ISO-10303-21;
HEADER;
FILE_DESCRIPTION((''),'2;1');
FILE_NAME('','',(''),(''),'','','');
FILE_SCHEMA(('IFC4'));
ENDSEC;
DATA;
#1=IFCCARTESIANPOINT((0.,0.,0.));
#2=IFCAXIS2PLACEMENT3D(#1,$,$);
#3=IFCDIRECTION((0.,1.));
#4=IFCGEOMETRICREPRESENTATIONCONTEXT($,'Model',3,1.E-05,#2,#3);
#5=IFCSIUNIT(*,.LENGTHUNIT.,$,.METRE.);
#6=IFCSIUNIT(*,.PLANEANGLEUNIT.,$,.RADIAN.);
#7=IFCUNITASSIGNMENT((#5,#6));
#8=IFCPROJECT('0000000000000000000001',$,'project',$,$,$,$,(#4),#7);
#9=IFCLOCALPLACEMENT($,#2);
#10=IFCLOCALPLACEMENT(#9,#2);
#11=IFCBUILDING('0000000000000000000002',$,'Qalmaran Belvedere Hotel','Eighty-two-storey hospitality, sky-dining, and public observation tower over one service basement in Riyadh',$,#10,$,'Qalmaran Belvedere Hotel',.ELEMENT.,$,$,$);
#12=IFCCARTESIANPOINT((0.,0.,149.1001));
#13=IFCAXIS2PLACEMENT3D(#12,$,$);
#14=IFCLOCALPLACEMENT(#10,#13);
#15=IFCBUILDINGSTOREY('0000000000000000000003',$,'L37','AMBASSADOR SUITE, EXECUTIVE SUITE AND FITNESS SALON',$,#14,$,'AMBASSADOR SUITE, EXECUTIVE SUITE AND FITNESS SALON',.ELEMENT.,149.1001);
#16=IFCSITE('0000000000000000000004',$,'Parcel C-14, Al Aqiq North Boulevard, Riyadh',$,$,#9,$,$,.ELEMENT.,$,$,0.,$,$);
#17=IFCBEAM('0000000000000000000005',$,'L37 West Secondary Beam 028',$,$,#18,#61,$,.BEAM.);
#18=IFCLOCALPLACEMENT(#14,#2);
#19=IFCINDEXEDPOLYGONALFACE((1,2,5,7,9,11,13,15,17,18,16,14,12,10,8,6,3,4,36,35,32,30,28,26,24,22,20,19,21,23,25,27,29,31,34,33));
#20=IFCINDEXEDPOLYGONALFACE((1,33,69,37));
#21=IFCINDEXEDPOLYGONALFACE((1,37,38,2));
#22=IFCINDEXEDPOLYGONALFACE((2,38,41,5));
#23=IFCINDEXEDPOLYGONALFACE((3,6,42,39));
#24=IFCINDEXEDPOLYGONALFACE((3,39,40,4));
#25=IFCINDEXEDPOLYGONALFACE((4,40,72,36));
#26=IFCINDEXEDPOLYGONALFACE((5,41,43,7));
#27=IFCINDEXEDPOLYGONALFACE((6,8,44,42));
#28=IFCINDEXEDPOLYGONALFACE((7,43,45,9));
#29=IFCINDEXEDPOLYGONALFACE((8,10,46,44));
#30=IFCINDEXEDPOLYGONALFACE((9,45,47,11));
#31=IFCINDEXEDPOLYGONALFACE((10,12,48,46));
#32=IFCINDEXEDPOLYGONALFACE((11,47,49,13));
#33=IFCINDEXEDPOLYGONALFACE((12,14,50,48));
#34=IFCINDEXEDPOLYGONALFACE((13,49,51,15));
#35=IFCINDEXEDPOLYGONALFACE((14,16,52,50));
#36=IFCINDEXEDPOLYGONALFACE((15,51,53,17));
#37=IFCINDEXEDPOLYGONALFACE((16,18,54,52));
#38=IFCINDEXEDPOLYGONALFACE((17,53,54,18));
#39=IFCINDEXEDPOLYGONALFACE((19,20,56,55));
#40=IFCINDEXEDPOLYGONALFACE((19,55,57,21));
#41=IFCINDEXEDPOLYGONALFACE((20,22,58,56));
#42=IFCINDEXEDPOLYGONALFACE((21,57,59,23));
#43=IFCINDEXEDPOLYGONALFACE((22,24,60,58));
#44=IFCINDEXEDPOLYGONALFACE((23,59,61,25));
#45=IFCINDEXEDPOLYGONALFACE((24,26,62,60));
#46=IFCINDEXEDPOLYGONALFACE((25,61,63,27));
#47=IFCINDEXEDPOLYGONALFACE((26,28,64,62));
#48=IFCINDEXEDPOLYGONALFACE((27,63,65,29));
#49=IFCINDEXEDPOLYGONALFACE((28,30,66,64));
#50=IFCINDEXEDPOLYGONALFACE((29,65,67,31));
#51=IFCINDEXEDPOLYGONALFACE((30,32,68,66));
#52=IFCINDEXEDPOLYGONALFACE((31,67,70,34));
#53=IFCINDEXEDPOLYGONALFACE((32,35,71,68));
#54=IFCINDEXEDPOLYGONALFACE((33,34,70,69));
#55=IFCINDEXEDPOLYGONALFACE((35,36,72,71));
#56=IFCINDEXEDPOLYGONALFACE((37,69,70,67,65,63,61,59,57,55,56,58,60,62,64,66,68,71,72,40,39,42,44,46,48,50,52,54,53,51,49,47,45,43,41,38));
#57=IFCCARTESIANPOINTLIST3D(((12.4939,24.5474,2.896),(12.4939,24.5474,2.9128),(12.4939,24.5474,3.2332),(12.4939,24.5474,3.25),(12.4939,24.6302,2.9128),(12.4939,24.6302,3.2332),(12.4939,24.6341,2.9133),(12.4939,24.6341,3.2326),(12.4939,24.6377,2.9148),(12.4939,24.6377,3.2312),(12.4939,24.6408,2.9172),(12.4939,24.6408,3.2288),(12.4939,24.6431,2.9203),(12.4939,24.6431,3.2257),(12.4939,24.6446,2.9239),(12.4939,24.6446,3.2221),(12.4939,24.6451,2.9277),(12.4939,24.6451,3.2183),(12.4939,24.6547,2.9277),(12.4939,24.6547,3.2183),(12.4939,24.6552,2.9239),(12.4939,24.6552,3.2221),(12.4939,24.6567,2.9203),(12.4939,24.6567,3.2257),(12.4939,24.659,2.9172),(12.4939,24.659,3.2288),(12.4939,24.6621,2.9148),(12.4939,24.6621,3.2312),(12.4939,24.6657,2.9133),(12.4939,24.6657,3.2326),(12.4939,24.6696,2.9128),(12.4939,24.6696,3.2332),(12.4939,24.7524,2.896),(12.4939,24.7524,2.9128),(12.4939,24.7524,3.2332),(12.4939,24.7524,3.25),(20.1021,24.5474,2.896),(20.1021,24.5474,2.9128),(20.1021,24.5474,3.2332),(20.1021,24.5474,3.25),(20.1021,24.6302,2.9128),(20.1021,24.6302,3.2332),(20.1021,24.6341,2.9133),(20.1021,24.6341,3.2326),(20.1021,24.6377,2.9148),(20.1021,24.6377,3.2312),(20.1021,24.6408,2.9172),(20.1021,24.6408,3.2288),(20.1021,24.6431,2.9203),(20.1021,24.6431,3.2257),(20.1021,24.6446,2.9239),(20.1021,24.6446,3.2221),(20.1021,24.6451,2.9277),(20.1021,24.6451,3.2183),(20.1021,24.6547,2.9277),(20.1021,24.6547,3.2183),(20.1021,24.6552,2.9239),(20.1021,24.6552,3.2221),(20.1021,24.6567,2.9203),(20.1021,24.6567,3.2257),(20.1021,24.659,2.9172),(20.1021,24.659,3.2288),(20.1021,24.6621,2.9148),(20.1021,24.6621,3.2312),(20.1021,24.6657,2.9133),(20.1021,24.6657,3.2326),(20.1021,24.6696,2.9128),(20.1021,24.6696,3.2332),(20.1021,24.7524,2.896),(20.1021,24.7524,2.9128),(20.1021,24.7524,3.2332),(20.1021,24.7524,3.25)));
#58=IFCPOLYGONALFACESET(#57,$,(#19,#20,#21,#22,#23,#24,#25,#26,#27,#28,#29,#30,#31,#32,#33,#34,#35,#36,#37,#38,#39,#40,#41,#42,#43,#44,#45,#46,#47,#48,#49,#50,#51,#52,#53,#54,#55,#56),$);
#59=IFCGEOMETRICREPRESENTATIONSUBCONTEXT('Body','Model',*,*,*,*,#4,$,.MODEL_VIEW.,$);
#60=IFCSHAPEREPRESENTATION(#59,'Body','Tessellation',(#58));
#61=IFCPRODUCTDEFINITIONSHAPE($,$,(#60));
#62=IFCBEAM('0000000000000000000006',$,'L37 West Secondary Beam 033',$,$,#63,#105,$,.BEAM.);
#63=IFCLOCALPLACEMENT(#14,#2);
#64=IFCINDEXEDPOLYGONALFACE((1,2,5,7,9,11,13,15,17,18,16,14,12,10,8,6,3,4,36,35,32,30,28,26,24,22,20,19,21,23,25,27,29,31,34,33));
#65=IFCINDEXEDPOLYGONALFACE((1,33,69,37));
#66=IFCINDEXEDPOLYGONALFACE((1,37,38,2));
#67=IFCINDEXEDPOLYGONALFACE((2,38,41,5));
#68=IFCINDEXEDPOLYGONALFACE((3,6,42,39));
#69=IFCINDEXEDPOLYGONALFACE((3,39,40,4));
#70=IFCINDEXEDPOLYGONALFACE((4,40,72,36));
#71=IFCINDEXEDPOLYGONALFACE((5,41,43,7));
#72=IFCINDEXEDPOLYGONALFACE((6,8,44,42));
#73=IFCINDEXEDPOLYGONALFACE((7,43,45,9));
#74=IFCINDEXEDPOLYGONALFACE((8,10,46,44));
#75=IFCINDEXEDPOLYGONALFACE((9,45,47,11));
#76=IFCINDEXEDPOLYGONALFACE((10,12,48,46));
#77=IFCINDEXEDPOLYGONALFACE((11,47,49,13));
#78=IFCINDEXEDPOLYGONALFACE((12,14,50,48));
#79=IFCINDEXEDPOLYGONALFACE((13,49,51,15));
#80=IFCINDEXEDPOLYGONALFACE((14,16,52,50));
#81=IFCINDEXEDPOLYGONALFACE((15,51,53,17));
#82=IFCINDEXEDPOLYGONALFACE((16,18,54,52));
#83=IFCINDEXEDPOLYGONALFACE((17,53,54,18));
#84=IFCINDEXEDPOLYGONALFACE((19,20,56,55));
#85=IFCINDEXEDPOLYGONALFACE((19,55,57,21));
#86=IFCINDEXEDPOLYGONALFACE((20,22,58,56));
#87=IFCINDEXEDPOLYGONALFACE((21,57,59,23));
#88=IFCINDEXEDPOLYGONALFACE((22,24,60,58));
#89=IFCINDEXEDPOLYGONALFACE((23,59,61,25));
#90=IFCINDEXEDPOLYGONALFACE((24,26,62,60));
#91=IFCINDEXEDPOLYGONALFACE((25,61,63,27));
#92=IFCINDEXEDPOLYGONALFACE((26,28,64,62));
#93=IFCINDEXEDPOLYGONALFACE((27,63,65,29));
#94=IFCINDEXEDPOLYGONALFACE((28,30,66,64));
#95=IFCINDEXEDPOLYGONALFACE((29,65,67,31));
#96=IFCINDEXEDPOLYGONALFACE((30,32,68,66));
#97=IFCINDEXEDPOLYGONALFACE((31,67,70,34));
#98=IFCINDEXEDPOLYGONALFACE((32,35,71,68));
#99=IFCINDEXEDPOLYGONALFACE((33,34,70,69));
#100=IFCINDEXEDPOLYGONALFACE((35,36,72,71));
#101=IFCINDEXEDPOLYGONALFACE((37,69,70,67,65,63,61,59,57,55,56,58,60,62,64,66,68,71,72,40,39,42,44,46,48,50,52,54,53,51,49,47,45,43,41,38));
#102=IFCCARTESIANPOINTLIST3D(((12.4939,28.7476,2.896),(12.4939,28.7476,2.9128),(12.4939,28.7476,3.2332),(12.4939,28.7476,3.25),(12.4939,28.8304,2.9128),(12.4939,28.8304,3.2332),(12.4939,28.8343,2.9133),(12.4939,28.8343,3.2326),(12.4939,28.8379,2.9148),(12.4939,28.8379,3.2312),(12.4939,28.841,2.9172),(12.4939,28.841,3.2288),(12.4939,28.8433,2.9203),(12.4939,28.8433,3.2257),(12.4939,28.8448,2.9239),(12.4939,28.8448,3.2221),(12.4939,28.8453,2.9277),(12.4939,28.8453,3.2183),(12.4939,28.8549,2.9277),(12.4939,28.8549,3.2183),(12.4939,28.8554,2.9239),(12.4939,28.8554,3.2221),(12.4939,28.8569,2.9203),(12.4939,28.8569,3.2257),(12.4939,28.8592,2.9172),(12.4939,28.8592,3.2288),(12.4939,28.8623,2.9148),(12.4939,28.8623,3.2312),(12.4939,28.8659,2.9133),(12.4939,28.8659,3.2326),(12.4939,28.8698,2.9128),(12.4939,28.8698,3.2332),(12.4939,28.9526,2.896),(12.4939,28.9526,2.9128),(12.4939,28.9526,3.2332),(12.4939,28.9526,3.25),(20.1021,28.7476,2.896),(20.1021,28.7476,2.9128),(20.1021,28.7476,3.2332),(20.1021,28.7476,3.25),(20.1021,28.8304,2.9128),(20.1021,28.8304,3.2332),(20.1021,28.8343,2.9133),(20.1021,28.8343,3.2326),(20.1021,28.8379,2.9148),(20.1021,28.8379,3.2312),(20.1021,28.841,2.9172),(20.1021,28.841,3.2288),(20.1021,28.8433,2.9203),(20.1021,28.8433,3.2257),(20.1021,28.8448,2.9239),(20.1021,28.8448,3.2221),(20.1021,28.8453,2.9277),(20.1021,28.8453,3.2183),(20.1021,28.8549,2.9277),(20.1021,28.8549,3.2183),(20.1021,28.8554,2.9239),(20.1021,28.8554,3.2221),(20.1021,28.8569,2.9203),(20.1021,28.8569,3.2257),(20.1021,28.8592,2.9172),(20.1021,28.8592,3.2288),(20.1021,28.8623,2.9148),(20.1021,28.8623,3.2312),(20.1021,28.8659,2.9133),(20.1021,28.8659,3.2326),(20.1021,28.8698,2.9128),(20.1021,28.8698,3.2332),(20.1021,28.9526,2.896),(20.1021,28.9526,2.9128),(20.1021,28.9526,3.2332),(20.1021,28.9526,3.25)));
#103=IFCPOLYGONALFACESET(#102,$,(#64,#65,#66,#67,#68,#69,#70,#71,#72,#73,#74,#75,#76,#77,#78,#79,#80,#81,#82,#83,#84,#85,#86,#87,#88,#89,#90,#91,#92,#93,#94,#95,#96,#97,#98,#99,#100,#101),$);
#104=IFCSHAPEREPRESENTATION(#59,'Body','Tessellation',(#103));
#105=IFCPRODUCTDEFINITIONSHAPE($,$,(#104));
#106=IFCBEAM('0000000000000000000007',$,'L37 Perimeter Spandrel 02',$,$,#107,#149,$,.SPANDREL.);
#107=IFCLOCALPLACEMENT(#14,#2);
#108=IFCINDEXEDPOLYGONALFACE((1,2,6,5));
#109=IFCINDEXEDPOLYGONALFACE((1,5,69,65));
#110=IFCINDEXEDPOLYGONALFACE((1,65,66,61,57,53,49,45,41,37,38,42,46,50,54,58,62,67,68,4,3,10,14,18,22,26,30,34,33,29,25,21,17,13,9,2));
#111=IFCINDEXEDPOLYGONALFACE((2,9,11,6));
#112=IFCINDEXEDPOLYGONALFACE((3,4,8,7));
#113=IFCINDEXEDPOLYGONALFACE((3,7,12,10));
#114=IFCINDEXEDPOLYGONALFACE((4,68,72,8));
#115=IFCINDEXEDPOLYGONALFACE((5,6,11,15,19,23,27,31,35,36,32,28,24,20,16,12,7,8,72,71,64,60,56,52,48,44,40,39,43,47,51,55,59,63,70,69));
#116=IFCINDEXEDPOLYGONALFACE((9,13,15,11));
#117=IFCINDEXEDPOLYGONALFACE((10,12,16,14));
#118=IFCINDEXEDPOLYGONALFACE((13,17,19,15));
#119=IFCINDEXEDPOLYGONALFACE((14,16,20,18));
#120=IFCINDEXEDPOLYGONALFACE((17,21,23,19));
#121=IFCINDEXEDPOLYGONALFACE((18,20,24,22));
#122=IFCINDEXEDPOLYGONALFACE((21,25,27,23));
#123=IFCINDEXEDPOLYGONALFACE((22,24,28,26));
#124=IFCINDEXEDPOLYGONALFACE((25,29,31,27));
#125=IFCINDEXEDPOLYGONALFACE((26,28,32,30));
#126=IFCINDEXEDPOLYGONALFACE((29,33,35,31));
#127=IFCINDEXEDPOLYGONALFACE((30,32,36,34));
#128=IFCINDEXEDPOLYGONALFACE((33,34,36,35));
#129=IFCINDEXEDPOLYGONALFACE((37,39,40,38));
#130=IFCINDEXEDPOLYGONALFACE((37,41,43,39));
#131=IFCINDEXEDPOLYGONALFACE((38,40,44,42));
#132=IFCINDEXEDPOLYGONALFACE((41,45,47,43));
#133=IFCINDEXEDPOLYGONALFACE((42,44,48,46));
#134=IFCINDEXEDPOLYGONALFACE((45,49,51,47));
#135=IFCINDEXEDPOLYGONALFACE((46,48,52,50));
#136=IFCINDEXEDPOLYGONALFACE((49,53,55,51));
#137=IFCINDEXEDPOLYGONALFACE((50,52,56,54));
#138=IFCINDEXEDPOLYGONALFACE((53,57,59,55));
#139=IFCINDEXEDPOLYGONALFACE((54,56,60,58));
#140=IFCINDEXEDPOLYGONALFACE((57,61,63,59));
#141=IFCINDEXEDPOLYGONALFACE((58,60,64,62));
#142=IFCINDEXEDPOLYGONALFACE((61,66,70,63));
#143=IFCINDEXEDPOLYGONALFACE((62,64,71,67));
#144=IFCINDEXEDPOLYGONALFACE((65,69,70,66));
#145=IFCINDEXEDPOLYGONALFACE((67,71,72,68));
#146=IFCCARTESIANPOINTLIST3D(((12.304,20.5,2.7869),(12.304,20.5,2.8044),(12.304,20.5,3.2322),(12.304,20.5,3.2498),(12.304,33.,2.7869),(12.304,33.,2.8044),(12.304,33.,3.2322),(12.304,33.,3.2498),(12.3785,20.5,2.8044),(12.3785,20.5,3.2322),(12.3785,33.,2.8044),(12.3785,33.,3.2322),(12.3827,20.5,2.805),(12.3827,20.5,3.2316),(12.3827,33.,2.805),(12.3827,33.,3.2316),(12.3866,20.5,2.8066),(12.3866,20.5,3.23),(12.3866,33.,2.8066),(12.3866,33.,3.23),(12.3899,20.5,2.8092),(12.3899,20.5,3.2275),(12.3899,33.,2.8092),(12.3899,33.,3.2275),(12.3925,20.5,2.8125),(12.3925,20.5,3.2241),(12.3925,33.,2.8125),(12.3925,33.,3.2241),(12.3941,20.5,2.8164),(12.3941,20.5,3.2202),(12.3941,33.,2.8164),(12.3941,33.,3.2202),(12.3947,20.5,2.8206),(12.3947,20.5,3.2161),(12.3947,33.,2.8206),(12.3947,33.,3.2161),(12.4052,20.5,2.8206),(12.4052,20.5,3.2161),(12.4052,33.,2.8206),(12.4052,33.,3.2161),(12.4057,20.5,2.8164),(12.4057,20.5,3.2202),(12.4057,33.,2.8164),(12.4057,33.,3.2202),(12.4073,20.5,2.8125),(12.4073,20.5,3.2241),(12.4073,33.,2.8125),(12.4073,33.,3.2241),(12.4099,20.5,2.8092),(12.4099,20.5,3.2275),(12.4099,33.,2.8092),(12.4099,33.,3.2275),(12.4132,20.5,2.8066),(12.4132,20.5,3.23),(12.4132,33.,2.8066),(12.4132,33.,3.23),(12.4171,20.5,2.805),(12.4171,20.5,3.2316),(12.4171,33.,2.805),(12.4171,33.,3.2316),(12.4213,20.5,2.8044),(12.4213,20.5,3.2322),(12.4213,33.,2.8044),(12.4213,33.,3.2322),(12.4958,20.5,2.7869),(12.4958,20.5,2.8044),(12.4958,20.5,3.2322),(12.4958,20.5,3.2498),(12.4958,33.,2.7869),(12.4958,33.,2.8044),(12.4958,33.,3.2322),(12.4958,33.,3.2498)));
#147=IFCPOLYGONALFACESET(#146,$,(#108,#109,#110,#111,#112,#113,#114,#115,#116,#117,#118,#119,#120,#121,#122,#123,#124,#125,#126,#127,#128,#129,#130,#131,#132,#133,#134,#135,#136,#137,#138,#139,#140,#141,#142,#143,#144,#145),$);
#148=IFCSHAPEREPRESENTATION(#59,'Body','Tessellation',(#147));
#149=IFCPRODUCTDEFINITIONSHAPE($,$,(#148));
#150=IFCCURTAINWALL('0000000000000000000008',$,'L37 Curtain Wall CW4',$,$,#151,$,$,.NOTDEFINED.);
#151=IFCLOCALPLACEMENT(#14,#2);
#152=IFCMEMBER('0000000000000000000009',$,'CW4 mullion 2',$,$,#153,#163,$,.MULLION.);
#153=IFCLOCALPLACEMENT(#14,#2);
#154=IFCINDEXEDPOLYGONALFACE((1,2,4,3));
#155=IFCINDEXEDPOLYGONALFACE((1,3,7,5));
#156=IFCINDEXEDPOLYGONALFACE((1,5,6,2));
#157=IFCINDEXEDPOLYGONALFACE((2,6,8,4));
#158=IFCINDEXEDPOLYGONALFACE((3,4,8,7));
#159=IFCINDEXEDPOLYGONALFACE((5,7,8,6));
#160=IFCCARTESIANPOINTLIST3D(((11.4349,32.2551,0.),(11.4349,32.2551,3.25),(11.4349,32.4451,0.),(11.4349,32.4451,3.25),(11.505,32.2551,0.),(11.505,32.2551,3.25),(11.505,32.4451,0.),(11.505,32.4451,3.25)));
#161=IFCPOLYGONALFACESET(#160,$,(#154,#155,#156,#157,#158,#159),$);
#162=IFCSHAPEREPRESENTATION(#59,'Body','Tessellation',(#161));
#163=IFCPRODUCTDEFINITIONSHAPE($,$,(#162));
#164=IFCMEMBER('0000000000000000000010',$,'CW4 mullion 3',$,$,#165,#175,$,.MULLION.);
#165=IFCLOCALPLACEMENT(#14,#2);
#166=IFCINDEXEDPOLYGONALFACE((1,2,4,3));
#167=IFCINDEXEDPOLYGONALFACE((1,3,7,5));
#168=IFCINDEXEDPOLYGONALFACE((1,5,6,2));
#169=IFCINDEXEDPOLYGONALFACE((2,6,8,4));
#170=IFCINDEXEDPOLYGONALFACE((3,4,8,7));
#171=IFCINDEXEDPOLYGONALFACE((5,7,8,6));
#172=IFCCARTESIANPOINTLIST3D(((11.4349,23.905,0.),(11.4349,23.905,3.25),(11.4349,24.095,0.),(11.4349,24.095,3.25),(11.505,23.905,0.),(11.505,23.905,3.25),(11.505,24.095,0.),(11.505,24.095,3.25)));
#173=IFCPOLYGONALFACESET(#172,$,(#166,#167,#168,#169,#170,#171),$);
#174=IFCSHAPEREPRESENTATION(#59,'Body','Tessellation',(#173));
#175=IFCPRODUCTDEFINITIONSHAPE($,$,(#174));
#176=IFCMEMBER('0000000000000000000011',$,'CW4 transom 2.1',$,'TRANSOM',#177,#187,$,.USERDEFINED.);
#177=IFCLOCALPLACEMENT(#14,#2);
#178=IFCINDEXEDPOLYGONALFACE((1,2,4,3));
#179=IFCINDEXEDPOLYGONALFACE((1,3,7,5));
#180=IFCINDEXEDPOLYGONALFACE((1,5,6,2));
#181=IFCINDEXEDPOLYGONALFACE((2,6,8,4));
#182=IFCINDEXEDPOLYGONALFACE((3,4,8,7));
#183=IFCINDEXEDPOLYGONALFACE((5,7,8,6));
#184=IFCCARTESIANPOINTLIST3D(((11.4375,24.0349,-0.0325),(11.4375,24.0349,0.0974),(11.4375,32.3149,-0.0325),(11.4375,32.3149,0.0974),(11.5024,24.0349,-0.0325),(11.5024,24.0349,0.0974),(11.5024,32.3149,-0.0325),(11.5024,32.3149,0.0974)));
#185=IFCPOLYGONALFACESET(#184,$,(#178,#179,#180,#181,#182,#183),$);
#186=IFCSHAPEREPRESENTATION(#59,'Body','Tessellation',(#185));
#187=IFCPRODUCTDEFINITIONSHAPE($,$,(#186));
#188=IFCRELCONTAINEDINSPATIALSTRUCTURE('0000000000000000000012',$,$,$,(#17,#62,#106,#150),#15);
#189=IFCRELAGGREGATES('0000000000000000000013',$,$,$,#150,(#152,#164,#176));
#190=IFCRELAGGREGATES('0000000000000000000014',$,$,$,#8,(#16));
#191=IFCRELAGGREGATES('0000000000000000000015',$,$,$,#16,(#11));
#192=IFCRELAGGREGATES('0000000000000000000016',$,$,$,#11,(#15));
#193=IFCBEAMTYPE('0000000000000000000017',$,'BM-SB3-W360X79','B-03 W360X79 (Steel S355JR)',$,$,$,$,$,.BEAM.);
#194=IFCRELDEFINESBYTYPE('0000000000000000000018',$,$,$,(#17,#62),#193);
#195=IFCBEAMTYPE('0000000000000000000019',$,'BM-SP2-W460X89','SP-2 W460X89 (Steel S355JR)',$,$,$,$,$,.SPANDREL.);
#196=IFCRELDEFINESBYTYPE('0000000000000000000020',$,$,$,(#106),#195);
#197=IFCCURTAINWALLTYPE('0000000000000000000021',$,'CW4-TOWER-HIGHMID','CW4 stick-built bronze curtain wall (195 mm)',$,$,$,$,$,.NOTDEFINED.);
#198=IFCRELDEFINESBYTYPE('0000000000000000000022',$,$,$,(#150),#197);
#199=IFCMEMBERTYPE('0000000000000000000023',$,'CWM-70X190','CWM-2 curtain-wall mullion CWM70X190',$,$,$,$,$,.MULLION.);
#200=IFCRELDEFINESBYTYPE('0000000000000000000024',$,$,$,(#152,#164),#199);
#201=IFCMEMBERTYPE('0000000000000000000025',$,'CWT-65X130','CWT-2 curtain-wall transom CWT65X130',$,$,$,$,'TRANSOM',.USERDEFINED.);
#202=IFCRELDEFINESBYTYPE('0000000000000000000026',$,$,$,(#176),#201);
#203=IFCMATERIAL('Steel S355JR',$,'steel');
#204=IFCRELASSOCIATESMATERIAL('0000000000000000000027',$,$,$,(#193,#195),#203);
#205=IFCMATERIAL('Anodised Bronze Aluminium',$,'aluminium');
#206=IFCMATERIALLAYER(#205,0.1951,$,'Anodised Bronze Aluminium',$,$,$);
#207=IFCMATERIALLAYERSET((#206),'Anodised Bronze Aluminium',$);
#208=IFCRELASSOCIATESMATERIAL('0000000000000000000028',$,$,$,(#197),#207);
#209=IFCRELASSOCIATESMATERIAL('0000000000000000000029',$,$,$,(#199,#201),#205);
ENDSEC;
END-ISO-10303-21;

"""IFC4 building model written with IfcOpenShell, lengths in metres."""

from ifc_helpers import new_model, si_unit, direction, frame, origin, origin_2d, place, context, subcontext, project, spatial, rectangle, i_section, extrude, material, layer, layer_set, material_profile, profile_set, type_object, element, aggregate, save


model = new_model("IFC4")

# Units and contexts
model_context = context("Model", 3, precision=1e-05, world=origin(), true_north=direction((0.0, 1.0)))
body_context = subcontext(model_context, "Body", "Model", "MODEL_VIEW")
ifc_project = project(units=[si_unit("LENGTHUNIT", "METRE"), si_unit("PLANEANGLEUNIT", "RADIAN")], contexts=[model_context])

# Site, building, storey
site_placement = place(None, origin())
site = spatial("IfcSite", under=ifc_project, at=site_placement, Name="Parcel C-14, Al Aqiq North Boulevard, Riyadh", CompositionType="ELEMENT", RefElevation=0.0)
building_placement = place(site_placement, origin())
building = spatial("IfcBuilding", under=site, at=building_placement, Name="Qalmaran Belvedere Hotel", Description="Eighty-two-storey hospitality, sky-dining, and public observation tower over one service basement in Riyadh", LongName="Qalmaran Belvedere Hotel", CompositionType="ELEMENT")
storey_placement = place(building_placement, frame((0.0, 0.0, 149.1001)))
storey = spatial("IfcBuildingStorey", under=building, at=storey_placement, Name="L37", Description="AMBASSADOR SUITE, EXECUTIVE SUITE AND FITNESS SALON", LongName="AMBASSADOR SUITE, EXECUTIVE SUITE AND FITNESS SALON", CompositionType="ELEMENT", Elevation=149.1001)

# Beams
ifc_material_1 = material(Name="Steel S355JR", Category="steel")
ifc_material_profile_1 = material_profile(ifc_material_1, i_section(OverallWidth=0.2051, OverallDepth=0.354, WebThickness=0.0095, FlangeThickness=0.0168, FilletRadius=0.0149, at=origin_2d()), Name="W360X79")
ifc_profile_set_1 = profile_set([ifc_material_profile_1], Name="Steel S355JR")
beam_type_1 = type_object("IfcBeamType", Name="BM-SB3-W360X79", Description="B-03 W360X79 (Steel S355JR)", PredefinedType="BEAM", material=ifc_profile_set_1)
for number, where, z_axis, x_axis, name in (
    (1, (12.4939, 24.6499, 3.073), (1.0, 0.0, 0.0), (0.0, 1.0, 0.0), "L37 West Secondary Beam 028"),
    (2, (12.4939, 28.8501, 3.073), (1.0, 0.0, 0.0), (0.0, 1.0, 0.0), "L37 West Secondary Beam 033"),
):
    element("IfcBeam", number, at=place(storey_placement, frame(where, z_axis=z_axis, x_axis=x_axis)), inside=storey, type_object=beam_type_1, Name=name, PredefinedType="BEAM", context=body_context, shape_type="SweptSolid", body=[
        extrude(i_section(OverallWidth=0.2051, OverallDepth=0.354, WebThickness=0.0095, FlangeThickness=0.0168, FilletRadius=0.0149, at=origin_2d()), origin(), (0.0, 0.0, 1.0), 7.6082),
    ])
ifc_material_profile_2 = material_profile(ifc_material_1, i_section(OverallWidth=0.1919, OverallDepth=0.4629, WebThickness=0.0105, FlangeThickness=0.0176, FilletRadius=0.0161, at=origin_2d()), Name="W460X89")
ifc_profile_set_2 = profile_set([ifc_material_profile_2], Name="Steel S355JR")
beam_type_2 = type_object("IfcBeamType", Name="BM-SP2-W460X89", Description="SP-2 W460X89 (Steel S355JR)", PredefinedType="SPANDREL", material=ifc_profile_set_2)
beam_1_placement = place(storey_placement, frame((12.3999, 20.5, 3.0183), z_axis=(0.0, 1.0, 0.0), x_axis=(-1.0, 0.0, 0.0)))
element("IfcBeam", 3, at=beam_1_placement, inside=storey, type_object=beam_type_2, Name="L37 Perimeter Spandrel 02", PredefinedType="SPANDREL", context=body_context, shape_type="SweptSolid", body=[
    extrude(i_section(OverallWidth=0.1919, OverallDepth=0.4629, WebThickness=0.0105, FlangeThickness=0.0176, FilletRadius=0.0161, at=origin_2d()), origin(), (0.0, 0.0, 1.0), 12.5),
])

# Curtain wall, members
ifc_material_2 = material(Name="Anodised Bronze Aluminium", Category="aluminium")
ifc_layer_1 = layer(ifc_material_2, 0.1951, Name="Anodised Bronze Aluminium")
ifc_layer_set_1 = layer_set([ifc_layer_1], Name="Anodised Bronze Aluminium")
curtain_wall_type = type_object("IfcCurtainWallType", Name="CW4-TOWER-HIGHMID", Description="CW4 stick-built bronze curtain wall (195 mm)", PredefinedType="NOTDEFINED", material=ifc_layer_set_1)
curtain_wall_placement = place(storey_placement, origin())
curtain_wall = element("IfcCurtainWall", 4, at=curtain_wall_placement, inside=storey, type_object=curtain_wall_type, Name="L37 Curtain Wall CW4", PredefinedType="NOTDEFINED")
ifc_material_profile_3 = material_profile(ifc_material_2, rectangle(XDim=0.0701, YDim=0.1899, at=origin_2d()), Name="CWM70X190")
ifc_profile_set_3 = profile_set([ifc_material_profile_3], Name="Anodised Bronze Aluminium")
member_type_1 = type_object("IfcMemberType", Name="CWM-70X190", Description="CWM-2 curtain-wall mullion CWM70X190", PredefinedType="MULLION", material=ifc_profile_set_3)
member_1_placement = place(storey_placement, frame((11.47, 32.3501, 0.0), z_axis=(0.0, 0.0, 1.0), x_axis=(1.0, 0.0, 0.0)))
member_1 = element("IfcMember", 5, at=member_1_placement, type_object=member_type_1, Name="CW4 mullion 2", PredefinedType="MULLION", context=body_context, shape_type="SweptSolid", body=[
    extrude(rectangle(XDim=0.0701, YDim=0.1899, at=origin_2d()), origin(), (0.0, 0.0, 1.0), 3.25),
])
member_2_placement = place(storey_placement, frame((11.47, 24.0, 0.0), z_axis=(0.0, 0.0, 1.0), x_axis=(1.0, 0.0, 0.0)))
member_2 = element("IfcMember", 6, at=member_2_placement, type_object=member_type_1, Name="CW4 mullion 3", PredefinedType="MULLION", context=body_context, shape_type="SweptSolid", body=[
    extrude(rectangle(XDim=0.0701, YDim=0.1899, at=origin_2d()), origin(), (0.0, 0.0, 1.0), 3.25),
])
ifc_material_profile_4 = material_profile(ifc_material_2, rectangle(XDim=0.0649, YDim=0.1299, at=origin_2d()), Name="CWT65X130")
ifc_profile_set_4 = profile_set([ifc_material_profile_4], Name="Anodised Bronze Aluminium")
member_type_2 = type_object("IfcMemberType", Name="CWT-65X130", Description="CWT-2 curtain-wall transom CWT65X130", ElementType="TRANSOM", PredefinedType="USERDEFINED", material=ifc_profile_set_4)
member_3_placement = place(storey_placement, frame((11.47, 32.3149, 0.0325), z_axis=(0.0, -1.0, 0.0), x_axis=(1.0, 0.0, 0.0)))
member_3 = element("IfcMember", 7, at=member_3_placement, type_object=member_type_2, Name="CW4 transom 2.1", ObjectType="TRANSOM", PredefinedType="USERDEFINED", context=body_context, shape_type="SweptSolid", body=[
    extrude(rectangle(XDim=0.0649, YDim=0.1299, at=origin_2d()), origin(), (0.0, 0.0, 1.0), 8.28),
])
aggregate(curtain_wall, [member_1, member_2, member_3])

save(model, "model.ifc")
